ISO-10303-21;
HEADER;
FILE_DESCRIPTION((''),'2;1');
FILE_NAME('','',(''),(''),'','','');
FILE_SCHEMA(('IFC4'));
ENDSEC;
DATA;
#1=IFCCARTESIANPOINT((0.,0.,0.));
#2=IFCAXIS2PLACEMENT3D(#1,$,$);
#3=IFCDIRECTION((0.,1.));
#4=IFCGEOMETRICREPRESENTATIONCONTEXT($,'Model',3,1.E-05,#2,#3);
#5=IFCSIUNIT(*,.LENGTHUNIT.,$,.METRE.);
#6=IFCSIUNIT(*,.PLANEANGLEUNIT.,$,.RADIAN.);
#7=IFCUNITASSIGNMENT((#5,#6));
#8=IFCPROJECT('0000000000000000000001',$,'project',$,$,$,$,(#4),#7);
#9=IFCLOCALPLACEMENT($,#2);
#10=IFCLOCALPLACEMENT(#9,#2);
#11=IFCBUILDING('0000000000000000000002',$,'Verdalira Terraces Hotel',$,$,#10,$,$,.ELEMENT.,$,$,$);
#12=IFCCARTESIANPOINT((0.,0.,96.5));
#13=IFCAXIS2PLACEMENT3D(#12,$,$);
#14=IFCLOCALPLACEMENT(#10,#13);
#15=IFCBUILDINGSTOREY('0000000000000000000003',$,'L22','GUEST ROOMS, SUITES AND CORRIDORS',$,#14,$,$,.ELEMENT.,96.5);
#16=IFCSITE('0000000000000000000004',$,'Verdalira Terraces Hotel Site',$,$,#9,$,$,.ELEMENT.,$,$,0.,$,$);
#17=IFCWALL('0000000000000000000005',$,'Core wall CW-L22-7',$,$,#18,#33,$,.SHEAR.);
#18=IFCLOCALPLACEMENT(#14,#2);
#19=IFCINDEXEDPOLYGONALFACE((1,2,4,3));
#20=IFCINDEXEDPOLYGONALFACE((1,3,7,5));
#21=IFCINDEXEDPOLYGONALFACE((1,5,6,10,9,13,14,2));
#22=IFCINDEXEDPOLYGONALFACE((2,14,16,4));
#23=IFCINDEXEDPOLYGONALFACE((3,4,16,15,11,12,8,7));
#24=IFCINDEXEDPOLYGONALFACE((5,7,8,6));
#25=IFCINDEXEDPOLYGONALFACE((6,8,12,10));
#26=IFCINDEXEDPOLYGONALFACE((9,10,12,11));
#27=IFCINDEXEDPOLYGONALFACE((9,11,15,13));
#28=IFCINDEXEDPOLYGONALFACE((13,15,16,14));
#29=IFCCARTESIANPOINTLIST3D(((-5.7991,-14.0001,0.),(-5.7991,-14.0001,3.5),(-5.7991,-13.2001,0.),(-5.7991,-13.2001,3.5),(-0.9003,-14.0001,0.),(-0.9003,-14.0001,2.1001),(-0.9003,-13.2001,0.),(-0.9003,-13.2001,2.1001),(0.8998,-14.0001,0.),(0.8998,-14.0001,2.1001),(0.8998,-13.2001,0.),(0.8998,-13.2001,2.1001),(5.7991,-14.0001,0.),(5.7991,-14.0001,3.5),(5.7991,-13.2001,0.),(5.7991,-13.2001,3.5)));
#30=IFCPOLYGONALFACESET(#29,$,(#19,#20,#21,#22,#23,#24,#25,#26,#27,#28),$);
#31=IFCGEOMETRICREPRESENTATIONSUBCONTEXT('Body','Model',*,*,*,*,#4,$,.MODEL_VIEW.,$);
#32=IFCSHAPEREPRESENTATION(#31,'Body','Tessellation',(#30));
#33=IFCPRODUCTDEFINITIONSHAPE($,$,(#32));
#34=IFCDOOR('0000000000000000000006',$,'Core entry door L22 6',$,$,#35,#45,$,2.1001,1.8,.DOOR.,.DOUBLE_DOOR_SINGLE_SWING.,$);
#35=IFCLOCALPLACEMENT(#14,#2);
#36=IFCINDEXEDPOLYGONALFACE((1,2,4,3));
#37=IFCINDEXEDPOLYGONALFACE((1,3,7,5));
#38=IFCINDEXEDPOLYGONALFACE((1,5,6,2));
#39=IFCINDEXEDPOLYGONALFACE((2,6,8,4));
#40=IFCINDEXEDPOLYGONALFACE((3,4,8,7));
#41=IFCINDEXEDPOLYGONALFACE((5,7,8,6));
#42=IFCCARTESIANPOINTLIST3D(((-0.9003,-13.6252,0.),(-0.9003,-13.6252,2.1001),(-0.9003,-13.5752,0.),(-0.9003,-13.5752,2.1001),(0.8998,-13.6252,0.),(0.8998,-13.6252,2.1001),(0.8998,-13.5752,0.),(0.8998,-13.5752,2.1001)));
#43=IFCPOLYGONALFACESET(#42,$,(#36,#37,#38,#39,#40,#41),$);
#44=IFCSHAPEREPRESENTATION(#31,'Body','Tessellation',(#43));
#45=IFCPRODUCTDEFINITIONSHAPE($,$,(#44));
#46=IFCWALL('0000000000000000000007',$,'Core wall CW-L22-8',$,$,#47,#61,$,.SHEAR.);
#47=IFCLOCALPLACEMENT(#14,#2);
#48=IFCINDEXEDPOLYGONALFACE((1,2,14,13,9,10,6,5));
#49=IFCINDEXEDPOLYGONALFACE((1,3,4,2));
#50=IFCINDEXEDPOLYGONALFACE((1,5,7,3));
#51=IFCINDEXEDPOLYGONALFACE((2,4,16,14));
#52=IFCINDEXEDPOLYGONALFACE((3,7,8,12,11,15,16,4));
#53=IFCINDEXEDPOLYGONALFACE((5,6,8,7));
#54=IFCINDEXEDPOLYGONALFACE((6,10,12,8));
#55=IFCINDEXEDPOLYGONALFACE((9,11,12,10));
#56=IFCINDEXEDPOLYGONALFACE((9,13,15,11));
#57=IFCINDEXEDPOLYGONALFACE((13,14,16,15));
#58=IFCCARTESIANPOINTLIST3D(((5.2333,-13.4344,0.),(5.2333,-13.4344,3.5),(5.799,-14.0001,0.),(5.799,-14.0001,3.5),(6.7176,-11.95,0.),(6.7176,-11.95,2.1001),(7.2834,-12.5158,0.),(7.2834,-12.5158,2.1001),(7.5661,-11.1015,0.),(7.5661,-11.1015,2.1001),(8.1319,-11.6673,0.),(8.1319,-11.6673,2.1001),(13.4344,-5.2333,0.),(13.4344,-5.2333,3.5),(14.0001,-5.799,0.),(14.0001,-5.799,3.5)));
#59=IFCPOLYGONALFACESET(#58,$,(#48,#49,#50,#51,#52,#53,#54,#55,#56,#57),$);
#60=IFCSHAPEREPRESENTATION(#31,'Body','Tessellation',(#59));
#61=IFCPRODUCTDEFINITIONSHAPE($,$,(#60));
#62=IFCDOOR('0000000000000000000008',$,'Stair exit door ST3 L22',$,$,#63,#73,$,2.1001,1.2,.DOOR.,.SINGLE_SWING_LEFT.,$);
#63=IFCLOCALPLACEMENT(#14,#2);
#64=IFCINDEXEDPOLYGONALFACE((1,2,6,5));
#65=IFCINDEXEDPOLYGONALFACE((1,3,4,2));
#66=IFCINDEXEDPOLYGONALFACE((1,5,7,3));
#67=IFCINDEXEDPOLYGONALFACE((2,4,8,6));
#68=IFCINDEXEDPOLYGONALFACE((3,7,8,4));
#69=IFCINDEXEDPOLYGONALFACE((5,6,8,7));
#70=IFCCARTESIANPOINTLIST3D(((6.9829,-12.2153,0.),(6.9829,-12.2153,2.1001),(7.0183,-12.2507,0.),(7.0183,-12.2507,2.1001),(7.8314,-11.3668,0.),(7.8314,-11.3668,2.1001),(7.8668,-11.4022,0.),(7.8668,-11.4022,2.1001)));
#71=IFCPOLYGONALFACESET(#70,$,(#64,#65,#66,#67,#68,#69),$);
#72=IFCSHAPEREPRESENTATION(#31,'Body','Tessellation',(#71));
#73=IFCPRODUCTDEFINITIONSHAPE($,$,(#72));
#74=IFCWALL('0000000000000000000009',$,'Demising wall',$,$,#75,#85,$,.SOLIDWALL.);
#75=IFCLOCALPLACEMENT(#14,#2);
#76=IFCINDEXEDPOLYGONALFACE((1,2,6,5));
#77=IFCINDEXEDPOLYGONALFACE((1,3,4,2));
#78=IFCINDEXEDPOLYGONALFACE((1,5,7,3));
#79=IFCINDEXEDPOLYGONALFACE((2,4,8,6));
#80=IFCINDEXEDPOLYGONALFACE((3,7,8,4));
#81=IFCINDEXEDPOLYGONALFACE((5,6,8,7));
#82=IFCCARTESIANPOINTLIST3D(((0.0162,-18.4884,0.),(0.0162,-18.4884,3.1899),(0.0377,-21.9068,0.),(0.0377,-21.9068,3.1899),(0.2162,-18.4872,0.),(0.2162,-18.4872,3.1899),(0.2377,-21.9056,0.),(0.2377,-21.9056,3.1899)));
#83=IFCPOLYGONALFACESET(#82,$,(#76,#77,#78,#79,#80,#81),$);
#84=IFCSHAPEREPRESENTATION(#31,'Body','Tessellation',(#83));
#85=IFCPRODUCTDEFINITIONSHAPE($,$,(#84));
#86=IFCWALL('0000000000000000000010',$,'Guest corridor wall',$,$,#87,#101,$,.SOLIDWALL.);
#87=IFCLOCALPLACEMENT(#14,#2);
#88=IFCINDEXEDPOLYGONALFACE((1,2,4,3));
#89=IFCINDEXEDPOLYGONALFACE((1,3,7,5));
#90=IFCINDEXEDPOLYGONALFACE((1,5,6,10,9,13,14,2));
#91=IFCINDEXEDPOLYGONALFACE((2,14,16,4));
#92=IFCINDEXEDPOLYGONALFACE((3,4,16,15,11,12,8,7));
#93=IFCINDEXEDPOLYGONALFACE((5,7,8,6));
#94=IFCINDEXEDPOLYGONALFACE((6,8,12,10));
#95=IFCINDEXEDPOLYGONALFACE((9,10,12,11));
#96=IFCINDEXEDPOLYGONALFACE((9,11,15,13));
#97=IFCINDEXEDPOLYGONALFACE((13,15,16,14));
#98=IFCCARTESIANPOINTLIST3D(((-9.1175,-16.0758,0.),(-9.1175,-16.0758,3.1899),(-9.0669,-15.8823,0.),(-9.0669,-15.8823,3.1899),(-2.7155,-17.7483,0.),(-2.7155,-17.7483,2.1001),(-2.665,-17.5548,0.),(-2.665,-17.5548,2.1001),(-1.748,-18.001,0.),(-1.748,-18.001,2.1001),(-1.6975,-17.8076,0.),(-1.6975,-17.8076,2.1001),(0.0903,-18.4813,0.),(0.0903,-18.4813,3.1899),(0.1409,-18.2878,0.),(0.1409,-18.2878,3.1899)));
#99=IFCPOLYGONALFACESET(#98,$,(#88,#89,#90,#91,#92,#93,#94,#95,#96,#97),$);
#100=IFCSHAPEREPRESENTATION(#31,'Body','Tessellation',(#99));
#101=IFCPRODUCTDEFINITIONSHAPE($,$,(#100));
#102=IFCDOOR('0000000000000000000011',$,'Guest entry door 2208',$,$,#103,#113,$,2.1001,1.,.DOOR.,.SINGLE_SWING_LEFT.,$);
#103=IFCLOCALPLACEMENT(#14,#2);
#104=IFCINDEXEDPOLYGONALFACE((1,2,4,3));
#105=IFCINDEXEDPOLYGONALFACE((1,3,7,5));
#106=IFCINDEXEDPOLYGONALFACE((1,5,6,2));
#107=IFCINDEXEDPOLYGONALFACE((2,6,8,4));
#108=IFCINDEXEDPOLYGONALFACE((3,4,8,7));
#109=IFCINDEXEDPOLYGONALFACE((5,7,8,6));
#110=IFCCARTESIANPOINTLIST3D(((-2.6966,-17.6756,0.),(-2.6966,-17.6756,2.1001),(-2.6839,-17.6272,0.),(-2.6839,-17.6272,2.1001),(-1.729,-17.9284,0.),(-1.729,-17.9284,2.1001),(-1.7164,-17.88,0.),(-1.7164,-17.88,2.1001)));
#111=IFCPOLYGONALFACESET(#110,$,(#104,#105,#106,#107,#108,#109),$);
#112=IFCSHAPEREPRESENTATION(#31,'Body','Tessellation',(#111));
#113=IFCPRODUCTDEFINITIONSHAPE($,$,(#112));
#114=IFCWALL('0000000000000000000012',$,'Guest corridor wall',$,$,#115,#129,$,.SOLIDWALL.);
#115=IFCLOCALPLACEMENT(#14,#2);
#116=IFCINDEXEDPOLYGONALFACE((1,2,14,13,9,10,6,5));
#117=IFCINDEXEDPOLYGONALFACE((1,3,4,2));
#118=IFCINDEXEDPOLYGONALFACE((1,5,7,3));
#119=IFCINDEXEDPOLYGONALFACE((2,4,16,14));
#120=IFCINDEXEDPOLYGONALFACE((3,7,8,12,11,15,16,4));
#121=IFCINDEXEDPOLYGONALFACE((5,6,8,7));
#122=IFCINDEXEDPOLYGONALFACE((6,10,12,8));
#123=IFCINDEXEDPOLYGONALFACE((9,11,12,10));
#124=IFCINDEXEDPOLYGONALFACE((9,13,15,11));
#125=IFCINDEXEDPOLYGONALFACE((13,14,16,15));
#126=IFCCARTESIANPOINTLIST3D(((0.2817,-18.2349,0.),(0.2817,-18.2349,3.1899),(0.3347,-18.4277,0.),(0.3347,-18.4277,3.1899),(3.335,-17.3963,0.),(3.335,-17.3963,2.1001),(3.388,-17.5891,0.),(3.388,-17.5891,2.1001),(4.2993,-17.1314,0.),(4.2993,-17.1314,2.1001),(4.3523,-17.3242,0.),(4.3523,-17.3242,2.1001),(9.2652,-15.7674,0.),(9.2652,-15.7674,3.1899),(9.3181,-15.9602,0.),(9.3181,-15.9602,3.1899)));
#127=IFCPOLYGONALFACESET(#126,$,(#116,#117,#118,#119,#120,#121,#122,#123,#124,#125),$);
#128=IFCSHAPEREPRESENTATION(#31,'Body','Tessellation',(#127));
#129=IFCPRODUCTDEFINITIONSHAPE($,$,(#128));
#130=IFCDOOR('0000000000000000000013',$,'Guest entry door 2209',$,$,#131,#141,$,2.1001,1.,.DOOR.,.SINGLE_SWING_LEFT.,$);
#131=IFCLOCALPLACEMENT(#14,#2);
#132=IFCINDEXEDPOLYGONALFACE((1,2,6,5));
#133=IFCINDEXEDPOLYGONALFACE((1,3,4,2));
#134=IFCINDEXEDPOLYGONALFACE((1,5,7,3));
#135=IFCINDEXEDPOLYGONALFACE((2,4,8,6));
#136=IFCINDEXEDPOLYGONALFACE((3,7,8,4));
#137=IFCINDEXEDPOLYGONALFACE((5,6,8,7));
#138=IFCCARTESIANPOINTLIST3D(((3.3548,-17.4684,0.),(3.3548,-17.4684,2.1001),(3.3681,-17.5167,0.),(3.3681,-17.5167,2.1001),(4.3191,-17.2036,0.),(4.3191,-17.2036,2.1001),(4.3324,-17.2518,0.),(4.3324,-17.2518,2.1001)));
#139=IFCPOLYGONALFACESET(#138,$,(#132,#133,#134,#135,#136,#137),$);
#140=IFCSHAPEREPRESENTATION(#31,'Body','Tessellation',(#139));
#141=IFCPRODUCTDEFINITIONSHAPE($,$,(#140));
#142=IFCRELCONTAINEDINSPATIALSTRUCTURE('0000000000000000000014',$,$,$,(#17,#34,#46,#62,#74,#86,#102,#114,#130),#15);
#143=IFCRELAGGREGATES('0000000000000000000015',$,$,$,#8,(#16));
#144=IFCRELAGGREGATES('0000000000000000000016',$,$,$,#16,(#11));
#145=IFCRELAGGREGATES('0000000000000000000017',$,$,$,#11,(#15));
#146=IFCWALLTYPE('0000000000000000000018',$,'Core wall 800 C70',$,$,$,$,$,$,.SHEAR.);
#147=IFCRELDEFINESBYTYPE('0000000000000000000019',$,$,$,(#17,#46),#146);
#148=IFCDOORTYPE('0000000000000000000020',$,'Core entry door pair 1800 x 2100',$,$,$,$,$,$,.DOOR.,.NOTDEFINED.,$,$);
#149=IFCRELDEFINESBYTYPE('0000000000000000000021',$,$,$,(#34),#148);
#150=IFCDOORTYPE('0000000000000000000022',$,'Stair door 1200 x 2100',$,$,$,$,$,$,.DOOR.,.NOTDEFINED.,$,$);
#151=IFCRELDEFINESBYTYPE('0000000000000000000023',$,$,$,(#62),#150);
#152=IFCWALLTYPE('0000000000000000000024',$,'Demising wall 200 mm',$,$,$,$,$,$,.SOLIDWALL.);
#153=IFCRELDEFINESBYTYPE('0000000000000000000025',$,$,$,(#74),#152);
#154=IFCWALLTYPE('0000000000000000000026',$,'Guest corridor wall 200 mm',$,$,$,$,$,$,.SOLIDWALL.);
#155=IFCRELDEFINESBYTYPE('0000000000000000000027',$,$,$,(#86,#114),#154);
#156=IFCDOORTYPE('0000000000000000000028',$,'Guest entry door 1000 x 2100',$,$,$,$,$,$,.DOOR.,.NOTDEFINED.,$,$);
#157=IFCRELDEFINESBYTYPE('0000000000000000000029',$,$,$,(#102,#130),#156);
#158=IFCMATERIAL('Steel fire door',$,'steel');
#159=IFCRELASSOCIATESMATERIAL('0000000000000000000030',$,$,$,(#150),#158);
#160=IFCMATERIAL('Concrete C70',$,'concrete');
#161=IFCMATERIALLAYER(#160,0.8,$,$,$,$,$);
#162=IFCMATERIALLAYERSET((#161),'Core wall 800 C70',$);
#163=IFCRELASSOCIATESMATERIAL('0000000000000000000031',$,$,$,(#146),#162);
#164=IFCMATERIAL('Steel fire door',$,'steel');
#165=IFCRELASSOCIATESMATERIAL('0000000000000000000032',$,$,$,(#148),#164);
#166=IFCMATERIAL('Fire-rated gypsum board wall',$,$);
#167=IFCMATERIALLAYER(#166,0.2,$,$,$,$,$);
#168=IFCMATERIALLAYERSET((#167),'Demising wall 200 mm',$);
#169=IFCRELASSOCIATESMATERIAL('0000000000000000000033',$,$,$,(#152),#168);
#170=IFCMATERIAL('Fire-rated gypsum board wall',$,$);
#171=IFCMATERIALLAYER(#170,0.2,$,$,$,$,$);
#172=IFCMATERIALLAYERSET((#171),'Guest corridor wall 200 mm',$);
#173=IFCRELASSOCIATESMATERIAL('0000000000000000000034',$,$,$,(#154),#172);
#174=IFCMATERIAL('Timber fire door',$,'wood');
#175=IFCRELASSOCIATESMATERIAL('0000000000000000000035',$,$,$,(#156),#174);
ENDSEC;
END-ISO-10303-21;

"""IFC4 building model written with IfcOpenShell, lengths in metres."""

from ifc_helpers import new_model, si_unit, direction, frame, frame_2d, origin, place, context, subcontext, project, spatial, rectangle, extrude, material, layer, layer_set, type_object, element, fill, save


model = new_model("IFC4")

# Units and contexts
model_context = context("Model", 3, precision=1e-05, world=origin(), true_north=direction((0.0, 1.0)))
body_context = subcontext(model_context, "Body", "Model", "MODEL_VIEW")
ifc_project = project(units=[si_unit("LENGTHUNIT", "METRE"), si_unit("PLANEANGLEUNIT", "RADIAN")], contexts=[model_context])

# Site, building, storey
site_placement = place(None, origin())
site = spatial("IfcSite", under=ifc_project, at=site_placement, Name="Verdalira Terraces Hotel Site", CompositionType="ELEMENT", RefElevation=0.0)
building_placement = place(site_placement, origin())
building = spatial("IfcBuilding", under=site, at=building_placement, Name="Verdalira Terraces Hotel", CompositionType="ELEMENT")
storey_placement = place(building_placement, frame((0.0, 0.0, 96.5)))
storey = spatial("IfcBuildingStorey", under=building, at=storey_placement, Name="L22", Description="GUEST ROOMS, SUITES AND CORRIDORS", CompositionType="ELEMENT", Elevation=96.5)

# Shared definitions
ifc_material_1 = material(Name="Steel fire door", Category="steel")
door_type_1 = type_object("IfcDoorType", Name="Stair door 1200 x 2100", OperationType="NOTDEFINED", PredefinedType="DOOR", material=ifc_material_1)

# Walls, openings, doors
ifc_material_2 = material(Name="Concrete C70", Category="concrete")
ifc_layer_1 = layer(ifc_material_2, 0.8)
ifc_layer_set_1 = layer_set([ifc_layer_1], Name="Core wall 800 C70")
wall_type_1 = type_object("IfcWallType", Name="Core wall 800 C70", PredefinedType="SHEAR", material=ifc_layer_set_1)
wall_1_placement = place(storey_placement, frame((-5.7991, -13.6001, 0.0), z_axis=(0.0, 0.0, 1.0), x_axis=(1.0, 0.0, 0.0)))
wall_1 = element("IfcWall", 1, at=wall_1_placement, inside=storey, type_object=wall_type_1, Name="Core wall CW-L22-7", PredefinedType="SHEAR", context=body_context, shape_type="SweptSolid", body=[
    extrude(rectangle(XDim=11.5981, YDim=0.8, at=frame_2d((5.7991, 0.0))), origin(), (0.0, 0.0, 1.0), 3.5),
])
opening_1_placement = place(wall_1_placement, frame((4.8989, 0.0, 0.0)))
opening_1 = element("IfcOpeningElement", 2, at=opening_1_placement, cuts=wall_1, PredefinedType="OPENING", context=body_context, shape_type="SweptSolid", body=[
    extrude(rectangle(XDim=1.8, YDim=2.1001, at=frame_2d((0.8999, 1.05))), frame((0.0, 0.4099, 0.0), z_axis=(0.0, -1.0, 0.0), x_axis=(1.0, 0.0, 0.0)), (0.0, 0.0, 1.0), 0.8201),
])
ifc_material_3 = material(Name="Steel fire door", Category="steel")
door_type_2 = type_object("IfcDoorType", Name="Core entry door pair 1800 x 2100", OperationType="NOTDEFINED", PredefinedType="DOOR", material=ifc_material_3)
door_1_placement = place(opening_1_placement, origin())
door_1 = element("IfcDoor", 3, at=door_1_placement, inside=storey, type_object=door_type_2, Name="Core entry door L22 6", OperationType="DOUBLE_DOOR_SINGLE_SWING", OverallHeight=2.1001, OverallWidth=1.8, PredefinedType="DOOR", context=body_context, shape_type="SweptSolid", body=[
    extrude(rectangle(XDim=1.8, YDim=2.1001, at=frame_2d((0.8999, 1.05))), frame((0.0, 0.0249, 0.0), z_axis=(0.0, -1.0, 0.0), x_axis=(1.0, 0.0, 0.0)), (0.0, 0.0, 1.0), 0.05),
])
fill(opening_1, door_1)
wall_2_placement = place(storey_placement, frame((5.5161, -13.7173, 0.0), z_axis=(0.0, 0.0, 1.0), x_axis=(0.707107, 0.707107, 0.0)))
wall_2 = element("IfcWall", 4, at=wall_2_placement, inside=storey, type_object=wall_type_1, Name="Core wall CW-L22-8", PredefinedType="SHEAR", context=body_context, shape_type="SweptSolid", body=[
    extrude(rectangle(XDim=11.5981, YDim=0.8, at=frame_2d((5.7991, 0.0))), origin(), (0.0, 0.0, 1.0), 3.5),
])
opening_2_placement = place(wall_2_placement, frame((2.0991, 0.0, 0.0)))
opening_2 = element("IfcOpeningElement", 5, at=opening_2_placement, cuts=wall_2, PredefinedType="OPENING", context=body_context, shape_type="SweptSolid", body=[
    extrude(rectangle(XDim=1.2, YDim=2.1001, at=frame_2d((0.6001, 1.05))), frame((0.0, 0.4099, 0.0), z_axis=(0.0, -1.0, 0.0), x_axis=(1.0, 0.0, 0.0)), (0.0, 0.0, 1.0), 0.8201),
])
door_2_placement = place(opening_2_placement, origin())
door_2 = element("IfcDoor", 6, at=door_2_placement, inside=storey, type_object=door_type_1, Name="Stair exit door ST3 L22", OperationType="SINGLE_SWING_LEFT", OverallHeight=2.1001, OverallWidth=1.2, PredefinedType="DOOR", context=body_context, shape_type="SweptSolid", body=[
    extrude(rectangle(XDim=1.2, YDim=2.1001, at=frame_2d((0.6001, 1.05))), frame((0.0, 0.0249, 0.0), z_axis=(0.0, -1.0, 0.0), x_axis=(1.0, 0.0, 0.0)), (0.0, 0.0, 1.0), 0.05),
])
fill(opening_2, door_2)

# Wall
ifc_material_4 = material(Name="Fire-rated gypsum board wall")
ifc_layer_2 = layer(ifc_material_4, 0.2)
ifc_layer_set_2 = layer_set([ifc_layer_2], Name="Demising wall 200 mm")
wall_type_2 = type_object("IfcWallType", Name="Demising wall 200 mm", PredefinedType="SOLIDWALL", material=ifc_layer_set_2)
wall_3_placement = place(storey_placement, frame((0.1162, -18.4878, 0.0), z_axis=(0.0, 0.0, 1.0), x_axis=(0.006285, -0.99998, 0.0)))
element("IfcWall", 7, at=wall_3_placement, inside=storey, type_object=wall_type_2, Name="Demising wall", PredefinedType="SOLIDWALL", context=body_context, shape_type="SweptSolid", body=[
    extrude(rectangle(XDim=3.4185, YDim=0.2, at=frame_2d((1.7092, 0.0))), origin(), (0.0, 0.0, 1.0), 3.1899),
])

# Walls, openings, doors
ifc_material_5 = material(Name="Fire-rated gypsum board wall")
ifc_layer_3 = layer(ifc_material_5, 0.2)
ifc_layer_set_3 = layer_set([ifc_layer_3], Name="Guest corridor wall 200 mm")
wall_type_3 = type_object("IfcWallType", Name="Guest corridor wall 200 mm", PredefinedType="SOLIDWALL", material=ifc_layer_set_3)
wall_4_placement = place(storey_placement, frame((0.1155, -18.3845, 0.0), z_axis=(0.0, 0.0, 1.0), x_axis=(-0.967528, 0.252765, 0.0)))
wall_4 = element("IfcWall", 8, at=wall_4_placement, inside=storey, type_object=wall_type_3, Name="Guest corridor wall", PredefinedType="SOLIDWALL", context=body_context, shape_type="SweptSolid", body=[
    extrude(rectangle(XDim=9.5168, YDim=0.2, at=frame_2d((4.7583, 0.0))), origin(), (0.0, 0.0, 1.0), 3.1899),
])
opening_3_placement = place(wall_4_placement, frame((1.8999, 0.0, 0.0)))
opening_3 = element("IfcOpeningElement", 9, at=opening_3_placement, cuts=wall_4, PredefinedType="OPENING", context=body_context, shape_type="SweptSolid", body=[
    extrude(rectangle(XDim=1.0, YDim=2.1001, at=frame_2d((0.5, 1.05))), frame((0.0, 0.1099, 0.0), z_axis=(0.0, -1.0, 0.0), x_axis=(1.0, 0.0, 0.0)), (0.0, 0.0, 1.0), 0.22),
])
ifc_material_6 = material(Name="Timber fire door", Category="wood")
door_type_3 = type_object("IfcDoorType", Name="Guest entry door 1000 x 2100", OperationType="NOTDEFINED", PredefinedType="DOOR", material=ifc_material_6)
door_3_placement = place(opening_3_placement, origin())
door_3 = element("IfcDoor", 10, at=door_3_placement, inside=storey, type_object=door_type_3, Name="Guest entry door 2208", OperationType="SINGLE_SWING_LEFT", OverallHeight=2.1001, OverallWidth=1.0, PredefinedType="DOOR", context=body_context, shape_type="SweptSolid", body=[
    extrude(rectangle(XDim=1.0, YDim=2.1001, at=frame_2d((0.5, 1.05))), frame((0.0, 0.0249, 0.0), z_axis=(0.0, -1.0, 0.0), x_axis=(1.0, 0.0, 0.0)), (0.0, 0.0, 1.0), 0.05),
])
fill(opening_3, door_3)
wall_5_placement = place(storey_placement, frame((9.2917, -15.8638, 0.0), z_axis=(0.0, 0.0, 1.0), x_axis=(-0.964285, -0.264867, 0.0)))
wall_5 = element("IfcWall", 11, at=wall_5_placement, inside=storey, type_object=wall_type_3, Name="Guest corridor wall", PredefinedType="SOLIDWALL", context=body_context, shape_type="SweptSolid", body=[
    extrude(rectangle(XDim=9.3162, YDim=0.2, at=frame_2d((4.6582, 0.0))), origin(), (0.0, 0.0, 1.0), 3.1899),
])
opening_4_placement = place(wall_5_placement, frame((5.1499, 0.0, 0.0)))
opening_4 = element("IfcOpeningElement", 12, at=opening_4_placement, cuts=wall_5, PredefinedType="OPENING", context=body_context, shape_type="SweptSolid", body=[
    extrude(rectangle(XDim=1.0, YDim=2.1001, at=frame_2d((0.5, 1.05))), frame((0.0, 0.1099, 0.0), z_axis=(0.0, -1.0, 0.0), x_axis=(1.0, 0.0, 0.0)), (0.0, 0.0, 1.0), 0.22),
])
door_4_placement = place(opening_4_placement, origin())
door_4 = element("IfcDoor", 13, at=door_4_placement, inside=storey, type_object=door_type_3, Name="Guest entry door 2209", OperationType="SINGLE_SWING_LEFT", OverallHeight=2.1001, OverallWidth=1.0, PredefinedType="DOOR", context=body_context, shape_type="SweptSolid", body=[
    extrude(rectangle(XDim=1.0, YDim=2.1001, at=frame_2d((0.5, 1.05))), frame((0.0, 0.0249, 0.0), z_axis=(0.0, -1.0, 0.0), x_axis=(1.0, 0.0, 0.0)), (0.0, 0.0, 1.0), 0.05),
])
fill(opening_4, door_4)

save(model, "model.ifc")
